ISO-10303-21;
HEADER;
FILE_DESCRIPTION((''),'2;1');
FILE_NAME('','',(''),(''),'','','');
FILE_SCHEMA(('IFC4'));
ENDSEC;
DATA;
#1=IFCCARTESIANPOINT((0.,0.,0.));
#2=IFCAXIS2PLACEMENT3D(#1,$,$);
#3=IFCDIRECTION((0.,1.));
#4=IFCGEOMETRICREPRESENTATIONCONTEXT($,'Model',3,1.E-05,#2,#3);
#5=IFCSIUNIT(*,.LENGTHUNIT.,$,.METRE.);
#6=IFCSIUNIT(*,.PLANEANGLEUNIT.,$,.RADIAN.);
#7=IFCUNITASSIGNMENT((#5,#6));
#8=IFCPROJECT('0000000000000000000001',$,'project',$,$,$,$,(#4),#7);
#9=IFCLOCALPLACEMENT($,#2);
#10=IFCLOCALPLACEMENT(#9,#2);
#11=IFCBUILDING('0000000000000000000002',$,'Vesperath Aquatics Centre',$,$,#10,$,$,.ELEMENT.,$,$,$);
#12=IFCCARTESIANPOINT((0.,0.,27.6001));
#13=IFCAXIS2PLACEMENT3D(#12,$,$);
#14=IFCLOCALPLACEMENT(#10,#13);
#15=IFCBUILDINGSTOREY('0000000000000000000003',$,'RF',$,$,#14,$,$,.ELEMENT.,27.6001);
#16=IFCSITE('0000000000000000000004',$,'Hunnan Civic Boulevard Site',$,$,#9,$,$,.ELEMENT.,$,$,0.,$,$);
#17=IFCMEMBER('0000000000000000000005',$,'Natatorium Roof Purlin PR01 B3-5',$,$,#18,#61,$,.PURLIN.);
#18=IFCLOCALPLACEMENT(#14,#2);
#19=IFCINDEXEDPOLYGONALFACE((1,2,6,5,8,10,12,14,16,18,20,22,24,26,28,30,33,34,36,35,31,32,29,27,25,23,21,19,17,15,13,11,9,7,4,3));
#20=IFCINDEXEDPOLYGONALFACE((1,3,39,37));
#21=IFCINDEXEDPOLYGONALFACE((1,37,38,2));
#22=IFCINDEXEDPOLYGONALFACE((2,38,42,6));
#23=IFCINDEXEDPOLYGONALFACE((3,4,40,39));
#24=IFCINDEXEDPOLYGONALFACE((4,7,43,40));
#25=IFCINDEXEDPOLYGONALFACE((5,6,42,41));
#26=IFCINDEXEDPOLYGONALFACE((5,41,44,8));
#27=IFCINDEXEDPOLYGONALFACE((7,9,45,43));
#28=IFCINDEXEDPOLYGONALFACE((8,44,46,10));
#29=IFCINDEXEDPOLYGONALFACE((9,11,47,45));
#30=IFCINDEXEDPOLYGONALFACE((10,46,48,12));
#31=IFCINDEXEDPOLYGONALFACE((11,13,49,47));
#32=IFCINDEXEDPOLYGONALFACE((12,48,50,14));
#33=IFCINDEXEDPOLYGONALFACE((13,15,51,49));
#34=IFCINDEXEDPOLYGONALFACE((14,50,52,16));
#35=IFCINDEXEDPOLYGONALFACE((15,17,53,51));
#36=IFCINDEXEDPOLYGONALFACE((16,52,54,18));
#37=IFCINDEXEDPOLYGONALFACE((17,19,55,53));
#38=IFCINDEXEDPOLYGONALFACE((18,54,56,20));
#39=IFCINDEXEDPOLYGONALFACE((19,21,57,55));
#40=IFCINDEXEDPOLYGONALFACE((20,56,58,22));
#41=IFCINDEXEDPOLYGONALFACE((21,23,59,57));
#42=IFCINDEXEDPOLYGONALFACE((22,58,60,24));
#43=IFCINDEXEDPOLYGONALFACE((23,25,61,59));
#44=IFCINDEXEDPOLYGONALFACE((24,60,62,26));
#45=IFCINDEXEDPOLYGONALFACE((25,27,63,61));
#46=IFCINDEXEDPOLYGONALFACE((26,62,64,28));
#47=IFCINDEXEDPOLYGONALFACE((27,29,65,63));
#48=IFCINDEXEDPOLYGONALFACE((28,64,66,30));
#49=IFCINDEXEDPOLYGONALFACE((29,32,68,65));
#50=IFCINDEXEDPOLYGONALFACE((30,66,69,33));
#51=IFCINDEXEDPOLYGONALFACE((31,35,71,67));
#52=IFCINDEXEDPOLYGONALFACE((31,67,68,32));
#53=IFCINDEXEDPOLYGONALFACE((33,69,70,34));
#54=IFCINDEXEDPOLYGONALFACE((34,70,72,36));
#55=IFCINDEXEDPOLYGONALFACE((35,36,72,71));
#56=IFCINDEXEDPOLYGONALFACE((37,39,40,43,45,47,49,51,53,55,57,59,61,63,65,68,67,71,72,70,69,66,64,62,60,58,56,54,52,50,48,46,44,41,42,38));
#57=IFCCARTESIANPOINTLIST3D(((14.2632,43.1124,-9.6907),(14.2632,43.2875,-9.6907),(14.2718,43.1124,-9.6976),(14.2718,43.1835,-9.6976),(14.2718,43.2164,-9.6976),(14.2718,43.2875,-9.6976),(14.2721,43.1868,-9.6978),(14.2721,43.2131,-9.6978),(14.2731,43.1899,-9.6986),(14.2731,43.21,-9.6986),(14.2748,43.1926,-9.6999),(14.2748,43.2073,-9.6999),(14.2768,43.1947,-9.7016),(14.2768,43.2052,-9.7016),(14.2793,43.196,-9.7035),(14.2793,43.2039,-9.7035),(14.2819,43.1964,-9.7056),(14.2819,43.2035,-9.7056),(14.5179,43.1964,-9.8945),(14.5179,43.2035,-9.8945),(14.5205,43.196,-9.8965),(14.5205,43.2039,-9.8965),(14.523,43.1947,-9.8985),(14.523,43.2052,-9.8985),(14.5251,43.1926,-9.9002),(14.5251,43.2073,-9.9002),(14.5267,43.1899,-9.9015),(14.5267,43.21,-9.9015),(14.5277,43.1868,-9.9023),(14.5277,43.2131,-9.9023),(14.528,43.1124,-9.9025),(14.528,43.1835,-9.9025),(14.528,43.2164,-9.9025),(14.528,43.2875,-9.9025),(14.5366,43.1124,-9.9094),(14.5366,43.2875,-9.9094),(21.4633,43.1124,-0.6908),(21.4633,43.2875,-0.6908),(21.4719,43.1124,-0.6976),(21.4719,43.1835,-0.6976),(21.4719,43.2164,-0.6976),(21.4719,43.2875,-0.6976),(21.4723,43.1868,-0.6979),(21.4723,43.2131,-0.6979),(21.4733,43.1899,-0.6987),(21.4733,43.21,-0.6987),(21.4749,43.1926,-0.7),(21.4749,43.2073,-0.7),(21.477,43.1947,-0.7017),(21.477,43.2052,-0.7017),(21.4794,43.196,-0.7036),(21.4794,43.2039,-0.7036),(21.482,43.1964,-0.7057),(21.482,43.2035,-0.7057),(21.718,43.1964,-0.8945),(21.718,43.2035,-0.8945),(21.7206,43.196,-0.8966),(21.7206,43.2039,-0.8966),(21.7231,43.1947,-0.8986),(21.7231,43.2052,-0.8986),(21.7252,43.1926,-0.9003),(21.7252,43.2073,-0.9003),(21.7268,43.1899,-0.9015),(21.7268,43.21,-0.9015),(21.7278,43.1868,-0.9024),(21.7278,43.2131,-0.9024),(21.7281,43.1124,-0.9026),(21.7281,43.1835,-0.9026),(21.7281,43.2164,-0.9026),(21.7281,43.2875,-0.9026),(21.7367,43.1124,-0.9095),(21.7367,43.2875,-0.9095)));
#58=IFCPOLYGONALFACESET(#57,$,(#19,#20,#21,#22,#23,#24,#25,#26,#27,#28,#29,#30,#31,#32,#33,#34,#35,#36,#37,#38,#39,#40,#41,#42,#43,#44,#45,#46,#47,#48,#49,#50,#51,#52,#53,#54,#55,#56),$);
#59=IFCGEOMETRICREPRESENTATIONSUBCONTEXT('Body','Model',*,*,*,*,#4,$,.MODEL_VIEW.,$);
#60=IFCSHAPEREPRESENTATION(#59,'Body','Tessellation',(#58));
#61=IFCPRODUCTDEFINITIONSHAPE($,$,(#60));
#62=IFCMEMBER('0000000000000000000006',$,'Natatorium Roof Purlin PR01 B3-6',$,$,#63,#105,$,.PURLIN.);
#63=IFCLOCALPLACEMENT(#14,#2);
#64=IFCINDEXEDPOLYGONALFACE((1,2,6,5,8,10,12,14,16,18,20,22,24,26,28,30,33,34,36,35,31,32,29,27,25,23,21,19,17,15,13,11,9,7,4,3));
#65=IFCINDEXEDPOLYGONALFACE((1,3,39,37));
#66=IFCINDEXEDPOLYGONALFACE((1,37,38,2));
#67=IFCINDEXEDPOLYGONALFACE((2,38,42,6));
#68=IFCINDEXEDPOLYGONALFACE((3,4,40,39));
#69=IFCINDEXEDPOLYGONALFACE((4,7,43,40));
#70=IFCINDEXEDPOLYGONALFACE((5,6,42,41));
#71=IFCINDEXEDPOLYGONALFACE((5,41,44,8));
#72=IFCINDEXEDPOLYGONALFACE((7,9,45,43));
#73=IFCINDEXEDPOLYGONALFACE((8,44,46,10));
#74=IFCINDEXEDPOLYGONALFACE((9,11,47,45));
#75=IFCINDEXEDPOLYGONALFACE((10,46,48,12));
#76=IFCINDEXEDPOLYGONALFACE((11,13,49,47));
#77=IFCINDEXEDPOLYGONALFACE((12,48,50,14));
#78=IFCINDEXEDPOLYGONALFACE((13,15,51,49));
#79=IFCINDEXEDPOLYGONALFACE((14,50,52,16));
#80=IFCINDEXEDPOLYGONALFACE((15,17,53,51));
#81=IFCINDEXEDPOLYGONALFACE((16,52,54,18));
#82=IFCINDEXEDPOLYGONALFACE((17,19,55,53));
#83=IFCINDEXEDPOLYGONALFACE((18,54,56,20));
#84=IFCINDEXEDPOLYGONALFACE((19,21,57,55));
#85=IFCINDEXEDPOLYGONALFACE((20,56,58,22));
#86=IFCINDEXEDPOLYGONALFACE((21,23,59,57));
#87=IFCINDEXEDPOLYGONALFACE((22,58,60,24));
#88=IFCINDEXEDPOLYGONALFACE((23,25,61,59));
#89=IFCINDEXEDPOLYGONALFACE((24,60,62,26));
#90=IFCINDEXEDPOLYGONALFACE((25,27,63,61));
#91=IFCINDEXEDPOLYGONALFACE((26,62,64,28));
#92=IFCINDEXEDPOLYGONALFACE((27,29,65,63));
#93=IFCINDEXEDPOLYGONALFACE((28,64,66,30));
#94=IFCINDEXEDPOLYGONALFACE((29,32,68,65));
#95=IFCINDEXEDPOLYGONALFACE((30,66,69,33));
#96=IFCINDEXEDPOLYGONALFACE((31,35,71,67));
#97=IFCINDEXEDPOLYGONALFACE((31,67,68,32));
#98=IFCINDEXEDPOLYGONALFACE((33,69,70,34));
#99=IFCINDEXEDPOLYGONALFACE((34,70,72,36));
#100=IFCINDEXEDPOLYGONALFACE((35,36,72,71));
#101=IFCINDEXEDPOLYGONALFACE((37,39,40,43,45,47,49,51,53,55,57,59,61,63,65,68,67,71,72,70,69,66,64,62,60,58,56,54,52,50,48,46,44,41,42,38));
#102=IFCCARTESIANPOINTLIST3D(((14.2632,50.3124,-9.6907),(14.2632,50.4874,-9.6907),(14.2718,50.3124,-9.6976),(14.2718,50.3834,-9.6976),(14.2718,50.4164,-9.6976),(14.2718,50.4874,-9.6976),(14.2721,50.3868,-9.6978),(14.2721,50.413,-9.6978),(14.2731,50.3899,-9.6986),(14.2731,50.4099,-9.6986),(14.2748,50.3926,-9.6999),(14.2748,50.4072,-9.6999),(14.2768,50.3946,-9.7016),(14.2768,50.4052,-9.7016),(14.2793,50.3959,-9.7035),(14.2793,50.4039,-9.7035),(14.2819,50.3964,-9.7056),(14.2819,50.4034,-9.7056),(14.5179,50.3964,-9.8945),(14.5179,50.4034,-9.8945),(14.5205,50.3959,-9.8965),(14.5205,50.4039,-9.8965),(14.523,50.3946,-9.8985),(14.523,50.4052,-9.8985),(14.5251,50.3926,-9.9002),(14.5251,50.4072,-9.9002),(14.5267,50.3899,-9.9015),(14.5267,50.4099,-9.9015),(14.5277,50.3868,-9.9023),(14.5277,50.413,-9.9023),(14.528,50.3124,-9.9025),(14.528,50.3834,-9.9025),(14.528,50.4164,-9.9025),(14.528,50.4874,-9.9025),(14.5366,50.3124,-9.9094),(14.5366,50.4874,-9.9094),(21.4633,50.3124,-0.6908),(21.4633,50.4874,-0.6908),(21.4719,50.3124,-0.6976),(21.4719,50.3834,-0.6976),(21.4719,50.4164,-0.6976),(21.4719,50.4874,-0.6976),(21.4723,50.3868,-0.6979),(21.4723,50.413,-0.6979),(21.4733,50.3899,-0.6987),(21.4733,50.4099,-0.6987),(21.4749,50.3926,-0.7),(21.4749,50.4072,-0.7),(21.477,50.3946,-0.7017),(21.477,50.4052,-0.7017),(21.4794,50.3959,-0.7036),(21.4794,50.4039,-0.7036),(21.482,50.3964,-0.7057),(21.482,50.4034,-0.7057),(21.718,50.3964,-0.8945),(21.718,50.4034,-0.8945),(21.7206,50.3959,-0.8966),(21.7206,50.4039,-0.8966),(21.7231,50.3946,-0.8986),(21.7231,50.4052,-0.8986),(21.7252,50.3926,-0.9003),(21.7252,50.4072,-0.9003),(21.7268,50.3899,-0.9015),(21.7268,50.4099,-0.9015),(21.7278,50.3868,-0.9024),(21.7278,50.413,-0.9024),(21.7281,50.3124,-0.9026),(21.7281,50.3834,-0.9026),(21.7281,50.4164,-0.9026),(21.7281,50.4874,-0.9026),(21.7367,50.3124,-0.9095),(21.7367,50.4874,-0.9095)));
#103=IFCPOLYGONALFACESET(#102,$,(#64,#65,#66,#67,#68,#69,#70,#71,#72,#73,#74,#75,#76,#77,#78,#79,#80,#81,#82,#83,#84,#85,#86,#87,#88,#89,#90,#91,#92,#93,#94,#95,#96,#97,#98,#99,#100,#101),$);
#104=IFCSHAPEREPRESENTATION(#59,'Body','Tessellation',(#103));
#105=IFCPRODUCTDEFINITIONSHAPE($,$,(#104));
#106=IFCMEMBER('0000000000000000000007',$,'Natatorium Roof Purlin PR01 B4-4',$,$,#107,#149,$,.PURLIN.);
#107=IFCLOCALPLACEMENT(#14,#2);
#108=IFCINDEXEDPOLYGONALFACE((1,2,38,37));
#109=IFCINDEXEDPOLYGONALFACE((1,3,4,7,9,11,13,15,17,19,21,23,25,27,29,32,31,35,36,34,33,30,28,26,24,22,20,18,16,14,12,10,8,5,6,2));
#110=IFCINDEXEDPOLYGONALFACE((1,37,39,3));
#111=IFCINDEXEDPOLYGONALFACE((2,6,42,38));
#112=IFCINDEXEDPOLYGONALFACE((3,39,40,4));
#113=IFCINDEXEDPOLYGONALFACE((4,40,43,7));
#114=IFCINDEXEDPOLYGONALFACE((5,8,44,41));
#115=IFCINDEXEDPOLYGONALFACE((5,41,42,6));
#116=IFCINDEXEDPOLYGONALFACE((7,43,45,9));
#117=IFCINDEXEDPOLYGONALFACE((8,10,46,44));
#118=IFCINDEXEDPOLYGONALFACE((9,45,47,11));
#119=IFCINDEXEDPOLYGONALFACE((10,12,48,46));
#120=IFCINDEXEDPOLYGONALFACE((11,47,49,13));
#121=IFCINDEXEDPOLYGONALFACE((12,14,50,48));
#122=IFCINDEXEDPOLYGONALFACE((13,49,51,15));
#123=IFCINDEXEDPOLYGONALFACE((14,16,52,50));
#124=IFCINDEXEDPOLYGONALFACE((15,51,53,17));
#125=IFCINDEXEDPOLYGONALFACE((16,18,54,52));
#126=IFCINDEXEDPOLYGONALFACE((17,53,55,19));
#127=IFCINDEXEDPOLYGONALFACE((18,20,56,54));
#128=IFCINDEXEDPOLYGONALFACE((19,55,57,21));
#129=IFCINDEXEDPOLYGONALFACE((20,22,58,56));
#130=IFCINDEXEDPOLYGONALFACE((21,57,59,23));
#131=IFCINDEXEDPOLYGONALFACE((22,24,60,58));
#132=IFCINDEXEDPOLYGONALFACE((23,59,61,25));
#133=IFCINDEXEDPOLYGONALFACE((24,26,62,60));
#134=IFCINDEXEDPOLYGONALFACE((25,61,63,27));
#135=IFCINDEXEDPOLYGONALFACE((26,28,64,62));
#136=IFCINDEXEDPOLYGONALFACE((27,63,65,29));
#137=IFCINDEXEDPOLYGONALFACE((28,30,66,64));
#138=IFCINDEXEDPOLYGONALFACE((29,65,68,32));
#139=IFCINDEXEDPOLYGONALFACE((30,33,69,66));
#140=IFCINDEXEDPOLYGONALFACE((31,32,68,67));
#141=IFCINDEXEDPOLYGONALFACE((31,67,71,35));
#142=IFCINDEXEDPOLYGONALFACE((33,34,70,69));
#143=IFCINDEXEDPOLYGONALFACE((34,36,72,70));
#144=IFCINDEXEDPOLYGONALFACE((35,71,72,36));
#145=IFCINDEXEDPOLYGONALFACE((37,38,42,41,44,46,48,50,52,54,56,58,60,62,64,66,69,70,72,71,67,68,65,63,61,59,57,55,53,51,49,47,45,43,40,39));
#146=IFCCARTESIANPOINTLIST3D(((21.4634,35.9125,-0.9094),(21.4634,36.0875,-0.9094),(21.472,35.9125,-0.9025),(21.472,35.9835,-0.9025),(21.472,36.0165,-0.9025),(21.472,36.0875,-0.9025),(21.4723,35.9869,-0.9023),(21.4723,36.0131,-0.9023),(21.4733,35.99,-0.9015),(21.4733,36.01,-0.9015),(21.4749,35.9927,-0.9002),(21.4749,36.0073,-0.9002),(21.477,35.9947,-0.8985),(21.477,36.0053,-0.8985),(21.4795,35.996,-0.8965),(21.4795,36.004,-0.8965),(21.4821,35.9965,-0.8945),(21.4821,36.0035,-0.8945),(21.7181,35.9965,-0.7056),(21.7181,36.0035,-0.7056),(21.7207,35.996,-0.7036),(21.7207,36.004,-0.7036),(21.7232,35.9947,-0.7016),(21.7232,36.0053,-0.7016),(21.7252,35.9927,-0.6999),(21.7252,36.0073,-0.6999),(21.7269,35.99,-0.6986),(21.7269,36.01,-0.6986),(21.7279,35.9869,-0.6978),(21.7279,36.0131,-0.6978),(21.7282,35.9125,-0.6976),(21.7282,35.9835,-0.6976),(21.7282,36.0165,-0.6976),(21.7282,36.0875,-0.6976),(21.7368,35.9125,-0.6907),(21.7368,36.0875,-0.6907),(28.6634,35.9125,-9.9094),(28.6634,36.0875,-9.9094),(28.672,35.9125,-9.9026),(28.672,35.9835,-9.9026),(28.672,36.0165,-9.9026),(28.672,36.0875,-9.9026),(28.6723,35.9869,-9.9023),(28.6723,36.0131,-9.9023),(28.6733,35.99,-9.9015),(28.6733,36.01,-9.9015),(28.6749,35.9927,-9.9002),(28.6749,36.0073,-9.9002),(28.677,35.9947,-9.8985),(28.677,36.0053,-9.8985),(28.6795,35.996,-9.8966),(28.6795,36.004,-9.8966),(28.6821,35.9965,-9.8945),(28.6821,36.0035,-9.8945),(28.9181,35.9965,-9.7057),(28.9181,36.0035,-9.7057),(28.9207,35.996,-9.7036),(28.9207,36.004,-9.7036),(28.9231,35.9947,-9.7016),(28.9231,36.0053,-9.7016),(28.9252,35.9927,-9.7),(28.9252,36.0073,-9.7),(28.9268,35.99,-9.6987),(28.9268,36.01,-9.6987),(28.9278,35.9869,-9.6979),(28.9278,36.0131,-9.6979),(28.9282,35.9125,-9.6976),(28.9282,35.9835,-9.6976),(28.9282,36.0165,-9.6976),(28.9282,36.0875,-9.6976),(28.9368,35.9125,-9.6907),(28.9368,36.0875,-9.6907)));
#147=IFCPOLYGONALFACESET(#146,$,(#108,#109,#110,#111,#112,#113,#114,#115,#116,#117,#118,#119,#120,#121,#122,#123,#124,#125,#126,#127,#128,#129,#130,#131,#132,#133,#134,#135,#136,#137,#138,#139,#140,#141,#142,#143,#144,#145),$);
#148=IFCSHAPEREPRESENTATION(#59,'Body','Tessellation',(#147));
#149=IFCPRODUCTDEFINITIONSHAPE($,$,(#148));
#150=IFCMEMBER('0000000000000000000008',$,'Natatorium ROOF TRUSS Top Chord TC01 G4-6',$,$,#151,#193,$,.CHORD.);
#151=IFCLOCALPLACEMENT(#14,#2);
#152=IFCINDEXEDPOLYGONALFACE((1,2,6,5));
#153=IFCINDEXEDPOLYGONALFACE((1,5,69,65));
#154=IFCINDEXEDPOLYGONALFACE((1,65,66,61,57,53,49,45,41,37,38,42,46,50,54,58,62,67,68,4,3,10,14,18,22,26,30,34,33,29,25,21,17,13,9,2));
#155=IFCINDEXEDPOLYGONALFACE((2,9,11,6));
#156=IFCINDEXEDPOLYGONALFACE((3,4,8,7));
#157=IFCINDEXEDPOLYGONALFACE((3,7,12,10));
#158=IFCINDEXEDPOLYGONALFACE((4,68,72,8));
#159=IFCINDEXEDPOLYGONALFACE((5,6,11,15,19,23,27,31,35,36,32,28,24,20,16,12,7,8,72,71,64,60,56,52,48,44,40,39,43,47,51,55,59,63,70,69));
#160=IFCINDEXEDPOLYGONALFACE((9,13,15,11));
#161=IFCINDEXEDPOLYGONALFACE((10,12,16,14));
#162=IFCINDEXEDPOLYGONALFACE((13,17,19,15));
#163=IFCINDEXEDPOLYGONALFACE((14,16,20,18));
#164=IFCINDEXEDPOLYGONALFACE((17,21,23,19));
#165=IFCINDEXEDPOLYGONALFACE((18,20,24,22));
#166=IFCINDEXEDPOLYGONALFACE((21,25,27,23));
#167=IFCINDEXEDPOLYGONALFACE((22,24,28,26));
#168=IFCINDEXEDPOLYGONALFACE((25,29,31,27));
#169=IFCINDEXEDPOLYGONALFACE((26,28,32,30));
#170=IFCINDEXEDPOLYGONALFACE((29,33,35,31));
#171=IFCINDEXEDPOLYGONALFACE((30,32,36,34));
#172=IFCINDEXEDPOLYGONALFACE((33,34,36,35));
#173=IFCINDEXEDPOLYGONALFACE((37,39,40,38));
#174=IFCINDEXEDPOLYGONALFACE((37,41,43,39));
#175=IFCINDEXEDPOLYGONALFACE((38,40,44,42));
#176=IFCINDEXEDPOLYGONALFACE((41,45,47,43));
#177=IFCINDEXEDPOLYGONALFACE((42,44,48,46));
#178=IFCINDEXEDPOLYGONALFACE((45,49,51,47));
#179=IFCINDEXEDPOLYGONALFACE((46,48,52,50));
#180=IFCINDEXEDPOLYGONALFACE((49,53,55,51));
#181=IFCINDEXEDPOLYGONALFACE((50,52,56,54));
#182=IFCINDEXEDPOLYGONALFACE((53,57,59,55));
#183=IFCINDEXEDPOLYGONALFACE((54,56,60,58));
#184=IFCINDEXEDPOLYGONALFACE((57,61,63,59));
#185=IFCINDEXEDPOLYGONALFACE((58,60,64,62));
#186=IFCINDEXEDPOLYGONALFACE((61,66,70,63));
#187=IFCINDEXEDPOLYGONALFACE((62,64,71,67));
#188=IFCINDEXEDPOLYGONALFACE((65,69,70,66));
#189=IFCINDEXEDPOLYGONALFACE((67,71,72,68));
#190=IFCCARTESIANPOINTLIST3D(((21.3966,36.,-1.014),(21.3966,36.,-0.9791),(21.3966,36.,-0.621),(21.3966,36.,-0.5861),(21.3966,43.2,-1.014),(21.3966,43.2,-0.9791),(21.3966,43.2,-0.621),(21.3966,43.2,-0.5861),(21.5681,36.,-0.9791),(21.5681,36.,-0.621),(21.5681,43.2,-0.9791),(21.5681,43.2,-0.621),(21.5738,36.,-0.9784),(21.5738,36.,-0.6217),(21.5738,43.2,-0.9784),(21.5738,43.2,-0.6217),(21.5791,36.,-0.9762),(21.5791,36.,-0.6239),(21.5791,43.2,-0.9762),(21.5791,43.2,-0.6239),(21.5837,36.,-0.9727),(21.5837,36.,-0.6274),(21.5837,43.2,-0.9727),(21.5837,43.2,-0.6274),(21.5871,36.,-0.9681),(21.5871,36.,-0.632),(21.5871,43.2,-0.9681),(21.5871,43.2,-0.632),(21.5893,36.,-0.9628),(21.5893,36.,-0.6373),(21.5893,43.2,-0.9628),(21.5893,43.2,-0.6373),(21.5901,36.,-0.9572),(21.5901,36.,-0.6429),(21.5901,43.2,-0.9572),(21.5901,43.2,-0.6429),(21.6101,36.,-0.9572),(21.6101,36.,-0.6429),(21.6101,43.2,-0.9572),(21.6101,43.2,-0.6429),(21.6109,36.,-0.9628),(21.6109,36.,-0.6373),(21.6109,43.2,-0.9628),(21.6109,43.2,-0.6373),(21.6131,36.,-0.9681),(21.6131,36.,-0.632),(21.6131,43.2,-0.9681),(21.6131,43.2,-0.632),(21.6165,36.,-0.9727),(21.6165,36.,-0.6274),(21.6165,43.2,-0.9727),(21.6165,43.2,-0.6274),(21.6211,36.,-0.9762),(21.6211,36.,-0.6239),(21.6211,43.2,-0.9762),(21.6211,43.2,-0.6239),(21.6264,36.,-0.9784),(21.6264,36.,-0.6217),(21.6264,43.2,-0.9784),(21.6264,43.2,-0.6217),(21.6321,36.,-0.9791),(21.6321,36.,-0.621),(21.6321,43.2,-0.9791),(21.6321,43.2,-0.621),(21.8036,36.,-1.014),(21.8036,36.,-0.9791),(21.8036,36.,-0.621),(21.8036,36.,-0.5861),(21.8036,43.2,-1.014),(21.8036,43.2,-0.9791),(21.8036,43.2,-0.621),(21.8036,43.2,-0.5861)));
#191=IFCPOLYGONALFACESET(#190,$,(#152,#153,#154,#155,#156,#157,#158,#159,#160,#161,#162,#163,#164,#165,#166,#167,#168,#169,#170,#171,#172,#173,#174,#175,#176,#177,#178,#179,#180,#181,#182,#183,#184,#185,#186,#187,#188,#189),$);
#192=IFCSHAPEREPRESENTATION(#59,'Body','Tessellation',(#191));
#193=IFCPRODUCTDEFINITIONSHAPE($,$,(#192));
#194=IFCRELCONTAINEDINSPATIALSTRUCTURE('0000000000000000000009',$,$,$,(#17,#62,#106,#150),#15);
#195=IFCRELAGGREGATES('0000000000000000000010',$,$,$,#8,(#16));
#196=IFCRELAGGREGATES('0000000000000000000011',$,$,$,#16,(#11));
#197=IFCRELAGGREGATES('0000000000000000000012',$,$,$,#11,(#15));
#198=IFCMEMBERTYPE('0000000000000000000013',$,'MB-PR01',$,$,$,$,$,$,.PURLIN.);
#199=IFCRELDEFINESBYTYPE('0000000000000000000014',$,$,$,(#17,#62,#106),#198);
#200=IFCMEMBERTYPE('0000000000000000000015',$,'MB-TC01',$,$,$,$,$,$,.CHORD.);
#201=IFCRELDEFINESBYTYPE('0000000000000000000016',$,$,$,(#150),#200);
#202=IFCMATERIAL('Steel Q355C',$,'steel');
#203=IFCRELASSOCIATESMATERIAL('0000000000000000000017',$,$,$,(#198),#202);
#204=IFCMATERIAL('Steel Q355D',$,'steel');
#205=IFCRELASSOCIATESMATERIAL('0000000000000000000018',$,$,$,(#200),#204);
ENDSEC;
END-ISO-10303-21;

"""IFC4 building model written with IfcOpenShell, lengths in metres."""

from ifc_helpers import new_model, si_unit, direction, frame, origin, origin_2d, place, context, subcontext, project, spatial, i_section, extrude, material, material_profile, profile_set, type_object, element, save


model = new_model("IFC4")

# Units and contexts
model_context = context("Model", 3, precision=1e-05, world=origin(), true_north=direction((0.0, 1.0)))
body_context = subcontext(model_context, "Body", "Model", "MODEL_VIEW")
ifc_project = project(units=[si_unit("LENGTHUNIT", "METRE"), si_unit("PLANEANGLEUNIT", "RADIAN")], contexts=[model_context])

# Site, building, storey
site_placement = place(None, origin())
site = spatial("IfcSite", under=ifc_project, at=site_placement, Name="Hunnan Civic Boulevard Site", CompositionType="ELEMENT", RefElevation=0.0)
building_placement = place(site_placement, origin())
building = spatial("IfcBuilding", under=site, at=building_placement, Name="Vesperath Aquatics Centre", CompositionType="ELEMENT")
storey_placement = place(building_placement, frame((0.0, 0.0, 27.6001)))
storey = spatial("IfcBuildingStorey", under=building, at=storey_placement, Name="RF", CompositionType="ELEMENT", Elevation=27.6001)

# Shared definitions
ifc_material_1 = material(Name="Steel Q355C", Category="steel")

# Members
ifc_material_2 = material(Name="Steel Q355D", Category="steel")
ifc_material_profile_1 = material_profile(ifc_material_1, i_section(OverallWidth=0.175, OverallDepth=0.3501, WebThickness=0.0071, FlangeThickness=0.011, FilletRadius=0.0129, at=origin_2d()), Name="HN 350x175x7x11")
ifc_profile_set_1 = profile_set([ifc_material_profile_1], Name="Steel Q355C")
member_type_1 = type_object("IfcMemberType", Name="MB-PR01", PredefinedType="PURLIN", material=ifc_profile_set_1)
for number, where, z_axis, x_axis, name in (
    (1, (14.3999, 43.2, -9.8), (0.624705, 0.0, 0.780861), (0.0, 1.0, 0.0), "Natatorium Roof Purlin PR01 B3-5"),
    (2, (14.3999, 50.3999, -9.8), (0.624705, 0.0, 0.780861), (0.0, 1.0, 0.0), "Natatorium Roof Purlin PR01 B3-6"),
    (3, (21.6001, 36.0, -0.8), (0.624692, 0.0, -0.780871), (0.0, 1.0, 0.0), "Natatorium Roof Purlin PR01 B4-4"),
):
    element("IfcMember", number, at=place(storey_placement, frame(where, z_axis=z_axis, x_axis=x_axis)), inside=storey, type_object=member_type_1, Name=name, PredefinedType="PURLIN", context=body_context, shape_type="SweptSolid", body=[
        extrude(i_section(OverallWidth=0.175, OverallDepth=0.3501, WebThickness=0.0071, FlangeThickness=0.011, FilletRadius=0.0129, at=origin_2d()), origin(), (0.0, 0.0, 1.0), 11.5256),
    ])
ifc_material_profile_2 = material_profile(ifc_material_2, i_section(OverallWidth=0.407, OverallDepth=0.428, WebThickness=0.02, FlangeThickness=0.0349, FilletRadius=0.022, at=origin_2d()), Name="HW 428x407x20x35")
ifc_profile_set_2 = profile_set([ifc_material_profile_2], Name="Steel Q355D")
member_type_2 = type_object("IfcMemberType", Name="MB-TC01", PredefinedType="CHORD", material=ifc_profile_set_2)
member_1_placement = place(storey_placement, frame((21.6001, 36.0, -0.8), z_axis=(0.0, 1.0, 0.0), x_axis=(-1.0, 0.0, 0.0)))
element("IfcMember", 4, at=member_1_placement, inside=storey, type_object=member_type_2, Name="Natatorium ROOF TRUSS Top Chord TC01 G4-6", PredefinedType="CHORD", context=body_context, shape_type="SweptSolid", body=[
    extrude(i_section(OverallWidth=0.407, OverallDepth=0.428, WebThickness=0.02, FlangeThickness=0.0349, FilletRadius=0.022, at=origin_2d()), origin(), (0.0, 0.0, 1.0), 7.2),
])

save(model, "model.ifc")
